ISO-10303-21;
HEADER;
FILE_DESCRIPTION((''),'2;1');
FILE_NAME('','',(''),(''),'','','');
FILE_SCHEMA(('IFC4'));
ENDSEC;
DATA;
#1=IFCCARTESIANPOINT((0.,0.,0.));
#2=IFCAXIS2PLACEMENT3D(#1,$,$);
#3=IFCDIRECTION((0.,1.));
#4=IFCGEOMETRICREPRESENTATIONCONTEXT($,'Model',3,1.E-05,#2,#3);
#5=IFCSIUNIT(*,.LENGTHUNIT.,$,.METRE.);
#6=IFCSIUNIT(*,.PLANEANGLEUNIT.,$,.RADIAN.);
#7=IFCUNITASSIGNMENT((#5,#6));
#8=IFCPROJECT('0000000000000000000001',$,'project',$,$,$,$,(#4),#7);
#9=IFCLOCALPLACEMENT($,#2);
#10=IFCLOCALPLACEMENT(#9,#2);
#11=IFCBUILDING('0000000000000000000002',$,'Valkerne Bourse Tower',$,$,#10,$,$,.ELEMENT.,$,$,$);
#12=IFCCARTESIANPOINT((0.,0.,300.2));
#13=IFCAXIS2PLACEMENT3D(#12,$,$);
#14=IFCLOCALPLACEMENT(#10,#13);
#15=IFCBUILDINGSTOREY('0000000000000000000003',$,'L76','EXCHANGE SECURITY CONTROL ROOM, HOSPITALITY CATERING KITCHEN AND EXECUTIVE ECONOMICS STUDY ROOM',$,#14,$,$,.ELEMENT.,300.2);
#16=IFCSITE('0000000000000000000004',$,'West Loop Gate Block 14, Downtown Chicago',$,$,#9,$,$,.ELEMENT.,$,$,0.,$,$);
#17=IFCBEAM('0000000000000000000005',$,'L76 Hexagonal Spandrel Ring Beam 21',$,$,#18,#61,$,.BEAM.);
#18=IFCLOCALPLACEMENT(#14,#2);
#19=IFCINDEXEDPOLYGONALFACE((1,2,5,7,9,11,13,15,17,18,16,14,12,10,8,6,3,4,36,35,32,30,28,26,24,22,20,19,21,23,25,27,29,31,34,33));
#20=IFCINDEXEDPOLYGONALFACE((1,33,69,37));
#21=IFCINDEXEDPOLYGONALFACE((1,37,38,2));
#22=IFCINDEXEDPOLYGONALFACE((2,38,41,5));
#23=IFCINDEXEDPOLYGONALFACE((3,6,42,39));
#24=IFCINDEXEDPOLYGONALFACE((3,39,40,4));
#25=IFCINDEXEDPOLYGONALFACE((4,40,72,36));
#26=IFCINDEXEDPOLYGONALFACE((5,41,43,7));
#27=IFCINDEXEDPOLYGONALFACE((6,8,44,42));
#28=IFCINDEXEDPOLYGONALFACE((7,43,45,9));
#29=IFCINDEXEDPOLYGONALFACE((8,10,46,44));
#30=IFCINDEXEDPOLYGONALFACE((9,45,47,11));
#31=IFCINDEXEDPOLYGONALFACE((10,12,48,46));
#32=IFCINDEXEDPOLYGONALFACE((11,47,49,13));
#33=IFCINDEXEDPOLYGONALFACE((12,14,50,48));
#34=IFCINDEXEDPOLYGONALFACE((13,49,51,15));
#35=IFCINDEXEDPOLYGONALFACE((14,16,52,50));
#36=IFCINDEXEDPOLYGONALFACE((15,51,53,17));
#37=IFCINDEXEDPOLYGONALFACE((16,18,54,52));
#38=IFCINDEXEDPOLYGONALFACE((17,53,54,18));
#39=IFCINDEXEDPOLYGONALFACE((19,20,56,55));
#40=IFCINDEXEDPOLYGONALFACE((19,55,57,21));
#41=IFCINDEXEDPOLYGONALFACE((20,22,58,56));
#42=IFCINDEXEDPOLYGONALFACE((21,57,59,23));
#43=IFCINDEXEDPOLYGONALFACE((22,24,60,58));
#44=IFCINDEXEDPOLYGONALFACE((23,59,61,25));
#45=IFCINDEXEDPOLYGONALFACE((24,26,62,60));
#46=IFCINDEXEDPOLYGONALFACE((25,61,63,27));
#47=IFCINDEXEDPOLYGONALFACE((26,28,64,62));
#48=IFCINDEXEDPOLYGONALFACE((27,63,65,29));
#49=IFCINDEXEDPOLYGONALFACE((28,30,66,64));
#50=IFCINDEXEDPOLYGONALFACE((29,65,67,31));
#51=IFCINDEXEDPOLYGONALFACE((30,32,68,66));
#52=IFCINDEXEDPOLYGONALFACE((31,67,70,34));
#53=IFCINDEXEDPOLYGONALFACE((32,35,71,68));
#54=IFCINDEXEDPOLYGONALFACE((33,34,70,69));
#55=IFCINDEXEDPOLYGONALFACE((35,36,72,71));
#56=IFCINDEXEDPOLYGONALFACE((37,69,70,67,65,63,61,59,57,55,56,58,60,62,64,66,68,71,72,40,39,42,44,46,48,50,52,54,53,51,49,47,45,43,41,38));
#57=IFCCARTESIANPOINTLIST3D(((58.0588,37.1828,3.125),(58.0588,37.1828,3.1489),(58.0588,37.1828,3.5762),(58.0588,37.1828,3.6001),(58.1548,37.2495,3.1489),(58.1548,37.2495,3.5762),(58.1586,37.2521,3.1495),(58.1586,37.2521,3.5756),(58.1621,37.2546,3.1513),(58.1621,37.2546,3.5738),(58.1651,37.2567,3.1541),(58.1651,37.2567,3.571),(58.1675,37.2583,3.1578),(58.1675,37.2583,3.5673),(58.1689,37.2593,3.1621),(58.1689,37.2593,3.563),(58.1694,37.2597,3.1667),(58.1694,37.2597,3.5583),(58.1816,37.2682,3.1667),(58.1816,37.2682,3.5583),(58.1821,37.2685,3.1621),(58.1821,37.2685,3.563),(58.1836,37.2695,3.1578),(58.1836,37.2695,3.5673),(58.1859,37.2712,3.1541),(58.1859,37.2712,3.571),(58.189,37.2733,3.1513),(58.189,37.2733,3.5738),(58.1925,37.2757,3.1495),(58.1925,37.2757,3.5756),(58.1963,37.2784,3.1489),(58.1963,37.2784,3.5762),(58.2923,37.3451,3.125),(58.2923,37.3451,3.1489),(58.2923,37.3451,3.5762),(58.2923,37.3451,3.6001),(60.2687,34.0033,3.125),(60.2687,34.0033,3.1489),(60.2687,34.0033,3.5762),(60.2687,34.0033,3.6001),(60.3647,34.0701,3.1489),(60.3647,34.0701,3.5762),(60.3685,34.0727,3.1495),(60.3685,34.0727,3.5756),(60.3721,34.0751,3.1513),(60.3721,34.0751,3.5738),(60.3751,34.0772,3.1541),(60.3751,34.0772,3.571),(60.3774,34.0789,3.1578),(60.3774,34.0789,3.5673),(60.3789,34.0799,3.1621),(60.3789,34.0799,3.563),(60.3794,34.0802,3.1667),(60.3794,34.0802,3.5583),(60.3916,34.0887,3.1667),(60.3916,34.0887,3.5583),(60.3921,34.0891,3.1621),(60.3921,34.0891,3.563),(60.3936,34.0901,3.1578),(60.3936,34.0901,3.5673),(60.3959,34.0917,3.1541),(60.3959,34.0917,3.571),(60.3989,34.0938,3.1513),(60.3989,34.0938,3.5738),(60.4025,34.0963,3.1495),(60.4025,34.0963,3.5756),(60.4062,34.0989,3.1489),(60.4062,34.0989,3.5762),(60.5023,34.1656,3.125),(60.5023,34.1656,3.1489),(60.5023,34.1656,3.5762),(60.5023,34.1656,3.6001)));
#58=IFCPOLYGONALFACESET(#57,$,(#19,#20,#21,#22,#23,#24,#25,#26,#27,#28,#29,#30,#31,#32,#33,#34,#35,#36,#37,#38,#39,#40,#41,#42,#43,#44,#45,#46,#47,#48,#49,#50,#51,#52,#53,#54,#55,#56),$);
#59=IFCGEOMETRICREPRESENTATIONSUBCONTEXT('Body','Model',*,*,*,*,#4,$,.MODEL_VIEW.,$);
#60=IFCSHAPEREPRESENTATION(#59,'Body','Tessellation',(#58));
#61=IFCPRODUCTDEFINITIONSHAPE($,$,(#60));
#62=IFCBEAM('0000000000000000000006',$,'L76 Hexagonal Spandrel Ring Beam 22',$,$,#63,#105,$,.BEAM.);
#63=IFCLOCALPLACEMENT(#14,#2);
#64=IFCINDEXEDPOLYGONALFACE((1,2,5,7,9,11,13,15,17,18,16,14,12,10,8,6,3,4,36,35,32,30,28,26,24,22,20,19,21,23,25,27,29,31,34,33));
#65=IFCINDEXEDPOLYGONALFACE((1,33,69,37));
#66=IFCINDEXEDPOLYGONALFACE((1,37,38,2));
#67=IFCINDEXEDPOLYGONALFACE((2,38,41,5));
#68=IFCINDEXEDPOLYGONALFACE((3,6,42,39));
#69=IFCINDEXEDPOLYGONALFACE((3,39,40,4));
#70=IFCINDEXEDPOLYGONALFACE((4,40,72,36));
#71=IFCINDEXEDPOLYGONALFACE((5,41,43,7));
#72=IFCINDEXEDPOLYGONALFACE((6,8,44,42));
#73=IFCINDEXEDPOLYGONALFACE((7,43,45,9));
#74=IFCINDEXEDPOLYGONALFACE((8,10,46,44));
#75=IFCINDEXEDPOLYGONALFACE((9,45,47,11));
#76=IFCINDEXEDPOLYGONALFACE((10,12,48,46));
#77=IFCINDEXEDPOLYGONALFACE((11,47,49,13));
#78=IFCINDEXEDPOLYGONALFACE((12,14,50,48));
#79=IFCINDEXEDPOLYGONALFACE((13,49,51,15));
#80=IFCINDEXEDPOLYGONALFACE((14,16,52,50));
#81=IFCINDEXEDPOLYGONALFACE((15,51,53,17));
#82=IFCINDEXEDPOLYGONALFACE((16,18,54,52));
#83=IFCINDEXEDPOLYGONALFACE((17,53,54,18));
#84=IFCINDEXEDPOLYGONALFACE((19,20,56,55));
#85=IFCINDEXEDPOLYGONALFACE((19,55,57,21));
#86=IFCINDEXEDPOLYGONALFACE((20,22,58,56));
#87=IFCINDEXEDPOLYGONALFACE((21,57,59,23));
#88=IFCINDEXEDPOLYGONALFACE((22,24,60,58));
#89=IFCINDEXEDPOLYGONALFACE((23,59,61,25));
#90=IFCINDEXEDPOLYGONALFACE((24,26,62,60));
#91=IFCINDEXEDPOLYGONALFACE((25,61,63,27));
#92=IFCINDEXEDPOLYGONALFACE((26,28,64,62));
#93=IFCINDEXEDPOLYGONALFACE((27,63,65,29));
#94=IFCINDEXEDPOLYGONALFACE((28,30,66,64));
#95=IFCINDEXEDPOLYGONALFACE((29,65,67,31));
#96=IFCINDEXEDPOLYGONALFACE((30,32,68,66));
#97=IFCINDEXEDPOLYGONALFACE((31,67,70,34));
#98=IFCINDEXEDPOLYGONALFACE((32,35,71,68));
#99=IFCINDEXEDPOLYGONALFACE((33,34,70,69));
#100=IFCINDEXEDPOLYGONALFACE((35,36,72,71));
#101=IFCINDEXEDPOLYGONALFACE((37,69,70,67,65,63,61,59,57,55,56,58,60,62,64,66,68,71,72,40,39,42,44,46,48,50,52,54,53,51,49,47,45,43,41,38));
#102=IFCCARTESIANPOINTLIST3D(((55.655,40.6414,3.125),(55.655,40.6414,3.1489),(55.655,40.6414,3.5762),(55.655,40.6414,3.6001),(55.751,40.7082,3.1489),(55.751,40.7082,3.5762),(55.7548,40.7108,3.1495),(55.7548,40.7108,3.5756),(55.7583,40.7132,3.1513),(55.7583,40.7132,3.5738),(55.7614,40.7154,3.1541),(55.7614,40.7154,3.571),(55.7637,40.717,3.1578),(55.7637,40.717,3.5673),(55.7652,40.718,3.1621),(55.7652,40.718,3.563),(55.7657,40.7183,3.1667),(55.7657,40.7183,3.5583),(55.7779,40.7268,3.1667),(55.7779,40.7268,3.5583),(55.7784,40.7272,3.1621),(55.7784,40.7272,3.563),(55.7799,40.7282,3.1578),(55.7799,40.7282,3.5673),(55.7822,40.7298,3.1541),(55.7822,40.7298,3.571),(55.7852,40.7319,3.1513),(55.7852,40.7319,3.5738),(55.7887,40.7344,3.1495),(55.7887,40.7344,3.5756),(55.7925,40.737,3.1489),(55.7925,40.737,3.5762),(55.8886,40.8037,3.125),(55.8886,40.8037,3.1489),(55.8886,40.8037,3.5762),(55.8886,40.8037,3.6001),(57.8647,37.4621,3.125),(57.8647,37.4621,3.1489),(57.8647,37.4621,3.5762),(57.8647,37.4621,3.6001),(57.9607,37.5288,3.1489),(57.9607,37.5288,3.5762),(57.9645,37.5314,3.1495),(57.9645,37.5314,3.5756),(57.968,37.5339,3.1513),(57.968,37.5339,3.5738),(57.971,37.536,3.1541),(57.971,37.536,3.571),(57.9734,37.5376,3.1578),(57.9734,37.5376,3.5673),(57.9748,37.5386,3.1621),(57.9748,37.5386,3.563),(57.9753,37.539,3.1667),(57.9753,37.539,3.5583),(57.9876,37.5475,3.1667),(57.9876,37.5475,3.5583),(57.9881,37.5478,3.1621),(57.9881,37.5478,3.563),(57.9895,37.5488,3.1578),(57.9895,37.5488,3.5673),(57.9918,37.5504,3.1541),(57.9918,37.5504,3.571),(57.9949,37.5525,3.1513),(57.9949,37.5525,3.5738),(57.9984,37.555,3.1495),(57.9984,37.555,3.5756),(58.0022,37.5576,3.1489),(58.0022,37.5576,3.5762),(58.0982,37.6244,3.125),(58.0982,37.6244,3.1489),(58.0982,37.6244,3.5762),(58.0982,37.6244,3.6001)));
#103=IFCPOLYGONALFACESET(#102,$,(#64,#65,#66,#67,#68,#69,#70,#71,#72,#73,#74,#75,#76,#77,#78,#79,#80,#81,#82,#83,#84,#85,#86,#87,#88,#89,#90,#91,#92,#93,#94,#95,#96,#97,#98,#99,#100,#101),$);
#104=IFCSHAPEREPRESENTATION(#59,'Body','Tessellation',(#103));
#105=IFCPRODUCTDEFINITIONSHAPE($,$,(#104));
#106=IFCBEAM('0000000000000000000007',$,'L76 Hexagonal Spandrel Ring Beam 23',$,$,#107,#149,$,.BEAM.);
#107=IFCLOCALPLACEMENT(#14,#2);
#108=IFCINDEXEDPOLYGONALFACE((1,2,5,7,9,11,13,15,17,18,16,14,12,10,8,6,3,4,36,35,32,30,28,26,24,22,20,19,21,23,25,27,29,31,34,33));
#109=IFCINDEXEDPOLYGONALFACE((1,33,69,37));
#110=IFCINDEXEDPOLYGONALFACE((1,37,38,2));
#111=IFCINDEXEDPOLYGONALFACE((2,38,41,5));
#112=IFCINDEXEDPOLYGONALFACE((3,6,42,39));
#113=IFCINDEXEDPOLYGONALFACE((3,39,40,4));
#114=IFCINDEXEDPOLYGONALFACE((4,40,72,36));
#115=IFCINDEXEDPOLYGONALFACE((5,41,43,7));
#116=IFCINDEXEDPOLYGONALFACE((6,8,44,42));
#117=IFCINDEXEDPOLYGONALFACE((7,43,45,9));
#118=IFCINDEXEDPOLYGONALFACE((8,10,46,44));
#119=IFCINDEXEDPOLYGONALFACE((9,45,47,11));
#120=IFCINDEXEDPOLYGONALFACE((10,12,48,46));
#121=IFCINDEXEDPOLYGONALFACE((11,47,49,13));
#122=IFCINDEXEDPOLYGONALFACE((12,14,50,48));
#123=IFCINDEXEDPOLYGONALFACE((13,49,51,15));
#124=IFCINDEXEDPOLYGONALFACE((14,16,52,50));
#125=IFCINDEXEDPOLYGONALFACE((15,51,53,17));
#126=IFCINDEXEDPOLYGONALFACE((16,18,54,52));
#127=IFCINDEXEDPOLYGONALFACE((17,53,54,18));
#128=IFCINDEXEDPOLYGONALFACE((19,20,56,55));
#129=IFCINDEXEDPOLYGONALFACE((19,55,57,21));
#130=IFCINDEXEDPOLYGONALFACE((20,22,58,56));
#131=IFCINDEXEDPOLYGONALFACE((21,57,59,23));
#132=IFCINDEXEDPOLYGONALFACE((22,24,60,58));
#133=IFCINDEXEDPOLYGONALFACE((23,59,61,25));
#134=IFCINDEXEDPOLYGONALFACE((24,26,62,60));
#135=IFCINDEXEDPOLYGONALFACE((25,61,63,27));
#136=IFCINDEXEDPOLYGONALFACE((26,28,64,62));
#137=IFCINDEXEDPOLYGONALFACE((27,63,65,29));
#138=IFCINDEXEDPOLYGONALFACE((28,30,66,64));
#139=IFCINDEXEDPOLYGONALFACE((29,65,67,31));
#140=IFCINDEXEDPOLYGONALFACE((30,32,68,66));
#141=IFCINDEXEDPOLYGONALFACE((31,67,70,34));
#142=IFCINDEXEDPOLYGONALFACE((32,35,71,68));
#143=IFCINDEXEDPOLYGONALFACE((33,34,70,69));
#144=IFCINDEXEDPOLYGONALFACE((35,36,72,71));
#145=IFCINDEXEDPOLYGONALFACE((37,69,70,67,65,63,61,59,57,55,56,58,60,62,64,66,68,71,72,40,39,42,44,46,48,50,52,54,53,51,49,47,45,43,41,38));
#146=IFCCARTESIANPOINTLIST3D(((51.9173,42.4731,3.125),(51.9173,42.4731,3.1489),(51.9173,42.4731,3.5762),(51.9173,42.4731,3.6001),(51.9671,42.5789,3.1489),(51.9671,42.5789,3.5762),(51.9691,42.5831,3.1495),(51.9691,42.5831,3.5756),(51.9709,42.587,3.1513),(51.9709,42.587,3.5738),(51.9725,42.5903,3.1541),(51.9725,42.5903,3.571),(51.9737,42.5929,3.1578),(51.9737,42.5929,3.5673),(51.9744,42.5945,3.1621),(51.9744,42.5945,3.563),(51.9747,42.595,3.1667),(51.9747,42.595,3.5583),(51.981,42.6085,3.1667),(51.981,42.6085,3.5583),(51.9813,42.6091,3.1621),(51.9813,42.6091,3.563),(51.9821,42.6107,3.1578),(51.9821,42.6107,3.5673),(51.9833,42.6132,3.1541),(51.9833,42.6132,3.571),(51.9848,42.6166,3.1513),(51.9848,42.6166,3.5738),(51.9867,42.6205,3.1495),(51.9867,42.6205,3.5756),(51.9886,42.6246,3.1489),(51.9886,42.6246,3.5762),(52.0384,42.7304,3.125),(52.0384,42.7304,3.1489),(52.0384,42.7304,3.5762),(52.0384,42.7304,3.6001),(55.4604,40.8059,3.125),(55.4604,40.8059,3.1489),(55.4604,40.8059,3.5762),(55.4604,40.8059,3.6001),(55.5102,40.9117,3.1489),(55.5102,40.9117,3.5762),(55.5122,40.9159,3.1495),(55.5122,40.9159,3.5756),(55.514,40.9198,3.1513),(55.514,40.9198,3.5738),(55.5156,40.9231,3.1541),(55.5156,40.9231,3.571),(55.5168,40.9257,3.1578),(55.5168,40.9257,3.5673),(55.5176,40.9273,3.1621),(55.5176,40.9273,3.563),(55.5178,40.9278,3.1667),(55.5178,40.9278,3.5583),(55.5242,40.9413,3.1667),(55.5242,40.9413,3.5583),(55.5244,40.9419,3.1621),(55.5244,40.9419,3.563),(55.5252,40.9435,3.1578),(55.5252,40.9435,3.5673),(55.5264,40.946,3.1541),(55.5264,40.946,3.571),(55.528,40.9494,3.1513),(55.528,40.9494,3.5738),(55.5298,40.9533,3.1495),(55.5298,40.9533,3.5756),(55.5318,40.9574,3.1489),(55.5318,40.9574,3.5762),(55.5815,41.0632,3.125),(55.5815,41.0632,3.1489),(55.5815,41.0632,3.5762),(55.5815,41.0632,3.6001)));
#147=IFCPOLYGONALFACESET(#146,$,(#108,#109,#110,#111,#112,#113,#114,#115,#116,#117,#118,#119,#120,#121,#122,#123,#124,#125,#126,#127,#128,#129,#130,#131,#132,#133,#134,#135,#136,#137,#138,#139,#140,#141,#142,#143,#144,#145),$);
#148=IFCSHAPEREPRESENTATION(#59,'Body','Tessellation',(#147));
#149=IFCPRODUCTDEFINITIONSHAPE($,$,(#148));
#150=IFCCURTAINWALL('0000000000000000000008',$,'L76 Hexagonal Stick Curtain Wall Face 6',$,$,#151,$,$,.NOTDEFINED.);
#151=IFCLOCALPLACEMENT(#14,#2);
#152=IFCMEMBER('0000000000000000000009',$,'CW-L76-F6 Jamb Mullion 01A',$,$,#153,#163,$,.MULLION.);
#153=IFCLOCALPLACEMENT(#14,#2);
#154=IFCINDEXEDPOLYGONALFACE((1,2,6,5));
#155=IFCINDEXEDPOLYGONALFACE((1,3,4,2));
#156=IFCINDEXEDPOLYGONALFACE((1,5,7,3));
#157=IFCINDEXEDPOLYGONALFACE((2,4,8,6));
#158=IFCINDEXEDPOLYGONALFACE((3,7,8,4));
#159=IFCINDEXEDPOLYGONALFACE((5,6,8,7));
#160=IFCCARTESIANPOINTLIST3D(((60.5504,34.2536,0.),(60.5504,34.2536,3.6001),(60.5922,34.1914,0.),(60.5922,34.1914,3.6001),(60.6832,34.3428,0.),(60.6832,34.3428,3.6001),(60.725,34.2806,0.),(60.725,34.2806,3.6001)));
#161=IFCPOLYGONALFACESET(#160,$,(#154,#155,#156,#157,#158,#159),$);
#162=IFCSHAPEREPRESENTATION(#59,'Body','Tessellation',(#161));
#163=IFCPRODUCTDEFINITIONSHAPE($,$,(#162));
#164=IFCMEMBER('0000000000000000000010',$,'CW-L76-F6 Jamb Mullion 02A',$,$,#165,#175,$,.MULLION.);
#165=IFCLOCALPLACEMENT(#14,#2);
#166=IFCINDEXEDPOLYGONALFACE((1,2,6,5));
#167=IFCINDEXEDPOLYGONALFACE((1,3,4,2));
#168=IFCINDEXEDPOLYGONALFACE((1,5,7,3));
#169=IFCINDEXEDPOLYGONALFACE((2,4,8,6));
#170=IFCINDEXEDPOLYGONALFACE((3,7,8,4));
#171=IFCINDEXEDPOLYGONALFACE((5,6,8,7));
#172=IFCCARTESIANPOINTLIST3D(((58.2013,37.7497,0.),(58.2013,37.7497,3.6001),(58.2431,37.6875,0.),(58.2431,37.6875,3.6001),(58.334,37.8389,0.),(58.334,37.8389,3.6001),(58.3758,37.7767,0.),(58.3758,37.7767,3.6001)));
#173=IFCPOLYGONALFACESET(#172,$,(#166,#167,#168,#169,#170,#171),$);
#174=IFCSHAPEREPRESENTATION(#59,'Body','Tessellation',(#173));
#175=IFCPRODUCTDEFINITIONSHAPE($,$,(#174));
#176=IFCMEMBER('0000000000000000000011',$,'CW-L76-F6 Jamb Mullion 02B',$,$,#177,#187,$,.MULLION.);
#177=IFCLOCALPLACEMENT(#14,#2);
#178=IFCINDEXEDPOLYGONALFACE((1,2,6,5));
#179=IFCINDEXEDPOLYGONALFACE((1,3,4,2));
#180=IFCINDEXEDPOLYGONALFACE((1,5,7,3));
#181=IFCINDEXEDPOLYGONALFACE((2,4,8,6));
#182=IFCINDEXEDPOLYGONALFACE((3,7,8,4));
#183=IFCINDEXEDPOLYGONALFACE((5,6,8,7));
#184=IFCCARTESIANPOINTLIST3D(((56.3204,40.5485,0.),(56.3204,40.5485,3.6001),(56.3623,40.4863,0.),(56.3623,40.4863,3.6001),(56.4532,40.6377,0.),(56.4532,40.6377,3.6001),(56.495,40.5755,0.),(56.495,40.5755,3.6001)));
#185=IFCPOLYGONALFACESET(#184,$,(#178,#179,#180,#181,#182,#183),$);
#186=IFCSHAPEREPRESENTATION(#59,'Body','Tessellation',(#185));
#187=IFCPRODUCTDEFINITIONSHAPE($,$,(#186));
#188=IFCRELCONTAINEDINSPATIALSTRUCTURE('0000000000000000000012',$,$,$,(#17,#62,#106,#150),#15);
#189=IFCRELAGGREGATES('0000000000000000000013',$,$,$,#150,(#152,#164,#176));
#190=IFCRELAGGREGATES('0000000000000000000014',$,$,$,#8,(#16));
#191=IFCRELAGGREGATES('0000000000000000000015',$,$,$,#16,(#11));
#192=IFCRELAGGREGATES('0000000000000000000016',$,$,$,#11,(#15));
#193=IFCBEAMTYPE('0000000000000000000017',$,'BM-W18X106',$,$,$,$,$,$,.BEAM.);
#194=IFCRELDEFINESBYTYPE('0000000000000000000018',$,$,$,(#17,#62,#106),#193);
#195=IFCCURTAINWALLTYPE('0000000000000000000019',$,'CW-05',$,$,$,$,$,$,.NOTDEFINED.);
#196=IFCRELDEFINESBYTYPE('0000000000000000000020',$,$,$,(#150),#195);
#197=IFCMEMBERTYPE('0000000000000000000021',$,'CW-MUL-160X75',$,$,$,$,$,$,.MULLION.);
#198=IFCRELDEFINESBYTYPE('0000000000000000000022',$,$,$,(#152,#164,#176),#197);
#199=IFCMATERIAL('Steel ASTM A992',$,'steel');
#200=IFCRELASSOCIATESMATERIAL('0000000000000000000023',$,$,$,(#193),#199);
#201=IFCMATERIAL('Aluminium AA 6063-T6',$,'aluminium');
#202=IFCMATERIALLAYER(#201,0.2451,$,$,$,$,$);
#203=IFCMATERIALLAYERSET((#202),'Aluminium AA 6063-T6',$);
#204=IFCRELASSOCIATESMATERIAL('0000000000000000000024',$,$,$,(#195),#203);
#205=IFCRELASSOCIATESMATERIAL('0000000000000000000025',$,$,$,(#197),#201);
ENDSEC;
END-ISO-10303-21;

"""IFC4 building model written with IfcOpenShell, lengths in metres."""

from ifc_helpers import new_model, si_unit, direction, frame, origin, origin_2d, place, context, subcontext, project, spatial, rectangle, i_section, extrude, material, layer, layer_set, material_profile, profile_set, type_object, element, aggregate, save


model = new_model("IFC4")

# Units and contexts
model_context = context("Model", 3, precision=1e-05, world=origin(), true_north=direction((0.0, 1.0)))
body_context = subcontext(model_context, "Body", "Model", "MODEL_VIEW")
ifc_project = project(units=[si_unit("LENGTHUNIT", "METRE"), si_unit("PLANEANGLEUNIT", "RADIAN")], contexts=[model_context])

# Site, building, storey
site_placement = place(None, origin())
site = spatial("IfcSite", under=ifc_project, at=site_placement, Name="West Loop Gate Block 14, Downtown Chicago", CompositionType="ELEMENT", RefElevation=0.0)
building_placement = place(site_placement, origin())
building = spatial("IfcBuilding", under=site, at=building_placement, Name="Valkerne Bourse Tower", CompositionType="ELEMENT")
storey_placement = place(building_placement, frame((0.0, 0.0, 300.2)))
storey = spatial("IfcBuildingStorey", under=building, at=storey_placement, Name="L76", Description="EXCHANGE SECURITY CONTROL ROOM, HOSPITALITY CATERING KITCHEN AND EXECUTIVE ECONOMICS STUDY ROOM", CompositionType="ELEMENT", Elevation=300.2)

# Beams
ifc_material_1 = material(Name="Steel ASTM A992", Category="steel")
ifc_material_profile_1 = material_profile(ifc_material_1, i_section(OverallWidth=0.2844, OverallDepth=0.4751, WebThickness=0.0149, FlangeThickness=0.0239, FilletRadius=0.0178, at=origin_2d()), Name="W18X106")
ifc_profile_set_1 = profile_set([ifc_material_profile_1], Name="Steel ASTM A992")
beam_type = type_object("IfcBeamType", Name="BM-W18X106", PredefinedType="BEAM", material=ifc_profile_set_1)
beam_1_placement = place(storey_placement, frame((60.3855, 34.0845, 3.3625), z_axis=(-0.570747, 0.821126, 0.0), x_axis=(-0.821126, -0.570747, 0.0)))
element("IfcBeam", 1, at=beam_1_placement, inside=storey, type_object=beam_type, Name="L76 Hexagonal Spandrel Ring Beam 21", PredefinedType="BEAM", context=body_context, shape_type="SweptSolid", body=[
    extrude(i_section(OverallWidth=0.2844, OverallDepth=0.4751, WebThickness=0.0149, FlangeThickness=0.0239, FilletRadius=0.0178, at=origin_2d()), origin(), (0.0, 0.0, 1.0), 3.8721),
])
beam_2_placement = place(storey_placement, frame((57.9814, 37.5432, 3.3625), z_axis=(-0.570704, 0.821156, 0.0), x_axis=(-0.821156, -0.570704, 0.0)))
element("IfcBeam", 2, at=beam_2_placement, inside=storey, type_object=beam_type, Name="L76 Hexagonal Spandrel Ring Beam 22", PredefinedType="BEAM", context=body_context, shape_type="SweptSolid", body=[
    extrude(i_section(OverallWidth=0.2844, OverallDepth=0.4751, WebThickness=0.0149, FlangeThickness=0.0239, FilletRadius=0.0178, at=origin_2d()), origin(), (0.0, 0.0, 1.0), 3.8718),
])
beam_3_placement = place(storey_placement, frame((55.521, 40.9346, 3.3625), z_axis=(-0.904834, 0.425764, 0.0), x_axis=(-0.425764, -0.904834, 0.0)))
element("IfcBeam", 3, at=beam_3_placement, inside=storey, type_object=beam_type, Name="L76 Hexagonal Spandrel Ring Beam 23", PredefinedType="BEAM", context=body_context, shape_type="SweptSolid", body=[
    extrude(i_section(OverallWidth=0.2844, OverallDepth=0.4751, WebThickness=0.0149, FlangeThickness=0.0239, FilletRadius=0.0178, at=origin_2d()), origin(), (0.0, 0.0, 1.0), 3.9158),
])

# Curtain wall, members
ifc_material_2 = material(Name="Aluminium AA 6063-T6", Category="aluminium")
ifc_layer_1 = layer(ifc_material_2, 0.2451)
ifc_layer_set_1 = layer_set([ifc_layer_1], Name="Aluminium AA 6063-T6")
curtain_wall_type = type_object("IfcCurtainWallType", Name="CW-05", PredefinedType="NOTDEFINED", material=ifc_layer_set_1)
curtain_wall_1_placement = place(storey_placement, origin())
curtain_wall_1 = element("IfcCurtainWall", 4, at=curtain_wall_1_placement, inside=storey, type_object=curtain_wall_type, Name="L76 Hexagonal Stick Curtain Wall Face 6", PredefinedType="NOTDEFINED")
ifc_material_profile_2 = material_profile(ifc_material_2, rectangle(XDim=0.075, YDim=0.1599, at=origin_2d()), Name="CWM-75X160")
ifc_profile_set_2 = profile_set([ifc_material_profile_2], Name="Aluminium AA 6063-T6")
member_type_1 = type_object("IfcMemberType", Name="CW-MUL-160X75", PredefinedType="MULLION", material=ifc_profile_set_2)
member_1_placement = place(storey_placement, frame((60.6377, 34.2671, 0.0), z_axis=(0.0, 0.0, 1.0), x_axis=(-0.557759, 0.830003, 0.0)))
member_1 = element("IfcMember", 5, at=member_1_placement, type_object=member_type_1, Name="CW-L76-F6 Jamb Mullion 01A", PredefinedType="MULLION", context=body_context, shape_type="SweptSolid", body=[
    extrude(rectangle(XDim=0.075, YDim=0.1599, at=origin_2d()), origin(), (0.0, 0.0, 1.0), 3.6001),
])
member_2_placement = place(storey_placement, frame((58.2886, 37.7632, 0.0), z_axis=(0.0, 0.0, 1.0), x_axis=(-0.557743, 0.830014, 0.0)))
member_2 = element("IfcMember", 6, at=member_2_placement, type_object=member_type_1, Name="CW-L76-F6 Jamb Mullion 02A", PredefinedType="MULLION", context=body_context, shape_type="SweptSolid", body=[
    extrude(rectangle(XDim=0.075, YDim=0.1599, at=origin_2d()), origin(), (0.0, 0.0, 1.0), 3.6001),
])
member_3_placement = place(storey_placement, frame((56.4077, 40.562, 0.0), z_axis=(0.0, 0.0, 1.0), x_axis=(-0.557743, 0.830014, 0.0)))
member_3 = element("IfcMember", 7, at=member_3_placement, type_object=member_type_1, Name="CW-L76-F6 Jamb Mullion 02B", PredefinedType="MULLION", context=body_context, shape_type="SweptSolid", body=[
    extrude(rectangle(XDim=0.075, YDim=0.1599, at=origin_2d()), origin(), (0.0, 0.0, 1.0), 3.6001),
])

aggregate(curtain_wall_1, [member_1, member_2, member_3])

save(model, "model.ifc")
